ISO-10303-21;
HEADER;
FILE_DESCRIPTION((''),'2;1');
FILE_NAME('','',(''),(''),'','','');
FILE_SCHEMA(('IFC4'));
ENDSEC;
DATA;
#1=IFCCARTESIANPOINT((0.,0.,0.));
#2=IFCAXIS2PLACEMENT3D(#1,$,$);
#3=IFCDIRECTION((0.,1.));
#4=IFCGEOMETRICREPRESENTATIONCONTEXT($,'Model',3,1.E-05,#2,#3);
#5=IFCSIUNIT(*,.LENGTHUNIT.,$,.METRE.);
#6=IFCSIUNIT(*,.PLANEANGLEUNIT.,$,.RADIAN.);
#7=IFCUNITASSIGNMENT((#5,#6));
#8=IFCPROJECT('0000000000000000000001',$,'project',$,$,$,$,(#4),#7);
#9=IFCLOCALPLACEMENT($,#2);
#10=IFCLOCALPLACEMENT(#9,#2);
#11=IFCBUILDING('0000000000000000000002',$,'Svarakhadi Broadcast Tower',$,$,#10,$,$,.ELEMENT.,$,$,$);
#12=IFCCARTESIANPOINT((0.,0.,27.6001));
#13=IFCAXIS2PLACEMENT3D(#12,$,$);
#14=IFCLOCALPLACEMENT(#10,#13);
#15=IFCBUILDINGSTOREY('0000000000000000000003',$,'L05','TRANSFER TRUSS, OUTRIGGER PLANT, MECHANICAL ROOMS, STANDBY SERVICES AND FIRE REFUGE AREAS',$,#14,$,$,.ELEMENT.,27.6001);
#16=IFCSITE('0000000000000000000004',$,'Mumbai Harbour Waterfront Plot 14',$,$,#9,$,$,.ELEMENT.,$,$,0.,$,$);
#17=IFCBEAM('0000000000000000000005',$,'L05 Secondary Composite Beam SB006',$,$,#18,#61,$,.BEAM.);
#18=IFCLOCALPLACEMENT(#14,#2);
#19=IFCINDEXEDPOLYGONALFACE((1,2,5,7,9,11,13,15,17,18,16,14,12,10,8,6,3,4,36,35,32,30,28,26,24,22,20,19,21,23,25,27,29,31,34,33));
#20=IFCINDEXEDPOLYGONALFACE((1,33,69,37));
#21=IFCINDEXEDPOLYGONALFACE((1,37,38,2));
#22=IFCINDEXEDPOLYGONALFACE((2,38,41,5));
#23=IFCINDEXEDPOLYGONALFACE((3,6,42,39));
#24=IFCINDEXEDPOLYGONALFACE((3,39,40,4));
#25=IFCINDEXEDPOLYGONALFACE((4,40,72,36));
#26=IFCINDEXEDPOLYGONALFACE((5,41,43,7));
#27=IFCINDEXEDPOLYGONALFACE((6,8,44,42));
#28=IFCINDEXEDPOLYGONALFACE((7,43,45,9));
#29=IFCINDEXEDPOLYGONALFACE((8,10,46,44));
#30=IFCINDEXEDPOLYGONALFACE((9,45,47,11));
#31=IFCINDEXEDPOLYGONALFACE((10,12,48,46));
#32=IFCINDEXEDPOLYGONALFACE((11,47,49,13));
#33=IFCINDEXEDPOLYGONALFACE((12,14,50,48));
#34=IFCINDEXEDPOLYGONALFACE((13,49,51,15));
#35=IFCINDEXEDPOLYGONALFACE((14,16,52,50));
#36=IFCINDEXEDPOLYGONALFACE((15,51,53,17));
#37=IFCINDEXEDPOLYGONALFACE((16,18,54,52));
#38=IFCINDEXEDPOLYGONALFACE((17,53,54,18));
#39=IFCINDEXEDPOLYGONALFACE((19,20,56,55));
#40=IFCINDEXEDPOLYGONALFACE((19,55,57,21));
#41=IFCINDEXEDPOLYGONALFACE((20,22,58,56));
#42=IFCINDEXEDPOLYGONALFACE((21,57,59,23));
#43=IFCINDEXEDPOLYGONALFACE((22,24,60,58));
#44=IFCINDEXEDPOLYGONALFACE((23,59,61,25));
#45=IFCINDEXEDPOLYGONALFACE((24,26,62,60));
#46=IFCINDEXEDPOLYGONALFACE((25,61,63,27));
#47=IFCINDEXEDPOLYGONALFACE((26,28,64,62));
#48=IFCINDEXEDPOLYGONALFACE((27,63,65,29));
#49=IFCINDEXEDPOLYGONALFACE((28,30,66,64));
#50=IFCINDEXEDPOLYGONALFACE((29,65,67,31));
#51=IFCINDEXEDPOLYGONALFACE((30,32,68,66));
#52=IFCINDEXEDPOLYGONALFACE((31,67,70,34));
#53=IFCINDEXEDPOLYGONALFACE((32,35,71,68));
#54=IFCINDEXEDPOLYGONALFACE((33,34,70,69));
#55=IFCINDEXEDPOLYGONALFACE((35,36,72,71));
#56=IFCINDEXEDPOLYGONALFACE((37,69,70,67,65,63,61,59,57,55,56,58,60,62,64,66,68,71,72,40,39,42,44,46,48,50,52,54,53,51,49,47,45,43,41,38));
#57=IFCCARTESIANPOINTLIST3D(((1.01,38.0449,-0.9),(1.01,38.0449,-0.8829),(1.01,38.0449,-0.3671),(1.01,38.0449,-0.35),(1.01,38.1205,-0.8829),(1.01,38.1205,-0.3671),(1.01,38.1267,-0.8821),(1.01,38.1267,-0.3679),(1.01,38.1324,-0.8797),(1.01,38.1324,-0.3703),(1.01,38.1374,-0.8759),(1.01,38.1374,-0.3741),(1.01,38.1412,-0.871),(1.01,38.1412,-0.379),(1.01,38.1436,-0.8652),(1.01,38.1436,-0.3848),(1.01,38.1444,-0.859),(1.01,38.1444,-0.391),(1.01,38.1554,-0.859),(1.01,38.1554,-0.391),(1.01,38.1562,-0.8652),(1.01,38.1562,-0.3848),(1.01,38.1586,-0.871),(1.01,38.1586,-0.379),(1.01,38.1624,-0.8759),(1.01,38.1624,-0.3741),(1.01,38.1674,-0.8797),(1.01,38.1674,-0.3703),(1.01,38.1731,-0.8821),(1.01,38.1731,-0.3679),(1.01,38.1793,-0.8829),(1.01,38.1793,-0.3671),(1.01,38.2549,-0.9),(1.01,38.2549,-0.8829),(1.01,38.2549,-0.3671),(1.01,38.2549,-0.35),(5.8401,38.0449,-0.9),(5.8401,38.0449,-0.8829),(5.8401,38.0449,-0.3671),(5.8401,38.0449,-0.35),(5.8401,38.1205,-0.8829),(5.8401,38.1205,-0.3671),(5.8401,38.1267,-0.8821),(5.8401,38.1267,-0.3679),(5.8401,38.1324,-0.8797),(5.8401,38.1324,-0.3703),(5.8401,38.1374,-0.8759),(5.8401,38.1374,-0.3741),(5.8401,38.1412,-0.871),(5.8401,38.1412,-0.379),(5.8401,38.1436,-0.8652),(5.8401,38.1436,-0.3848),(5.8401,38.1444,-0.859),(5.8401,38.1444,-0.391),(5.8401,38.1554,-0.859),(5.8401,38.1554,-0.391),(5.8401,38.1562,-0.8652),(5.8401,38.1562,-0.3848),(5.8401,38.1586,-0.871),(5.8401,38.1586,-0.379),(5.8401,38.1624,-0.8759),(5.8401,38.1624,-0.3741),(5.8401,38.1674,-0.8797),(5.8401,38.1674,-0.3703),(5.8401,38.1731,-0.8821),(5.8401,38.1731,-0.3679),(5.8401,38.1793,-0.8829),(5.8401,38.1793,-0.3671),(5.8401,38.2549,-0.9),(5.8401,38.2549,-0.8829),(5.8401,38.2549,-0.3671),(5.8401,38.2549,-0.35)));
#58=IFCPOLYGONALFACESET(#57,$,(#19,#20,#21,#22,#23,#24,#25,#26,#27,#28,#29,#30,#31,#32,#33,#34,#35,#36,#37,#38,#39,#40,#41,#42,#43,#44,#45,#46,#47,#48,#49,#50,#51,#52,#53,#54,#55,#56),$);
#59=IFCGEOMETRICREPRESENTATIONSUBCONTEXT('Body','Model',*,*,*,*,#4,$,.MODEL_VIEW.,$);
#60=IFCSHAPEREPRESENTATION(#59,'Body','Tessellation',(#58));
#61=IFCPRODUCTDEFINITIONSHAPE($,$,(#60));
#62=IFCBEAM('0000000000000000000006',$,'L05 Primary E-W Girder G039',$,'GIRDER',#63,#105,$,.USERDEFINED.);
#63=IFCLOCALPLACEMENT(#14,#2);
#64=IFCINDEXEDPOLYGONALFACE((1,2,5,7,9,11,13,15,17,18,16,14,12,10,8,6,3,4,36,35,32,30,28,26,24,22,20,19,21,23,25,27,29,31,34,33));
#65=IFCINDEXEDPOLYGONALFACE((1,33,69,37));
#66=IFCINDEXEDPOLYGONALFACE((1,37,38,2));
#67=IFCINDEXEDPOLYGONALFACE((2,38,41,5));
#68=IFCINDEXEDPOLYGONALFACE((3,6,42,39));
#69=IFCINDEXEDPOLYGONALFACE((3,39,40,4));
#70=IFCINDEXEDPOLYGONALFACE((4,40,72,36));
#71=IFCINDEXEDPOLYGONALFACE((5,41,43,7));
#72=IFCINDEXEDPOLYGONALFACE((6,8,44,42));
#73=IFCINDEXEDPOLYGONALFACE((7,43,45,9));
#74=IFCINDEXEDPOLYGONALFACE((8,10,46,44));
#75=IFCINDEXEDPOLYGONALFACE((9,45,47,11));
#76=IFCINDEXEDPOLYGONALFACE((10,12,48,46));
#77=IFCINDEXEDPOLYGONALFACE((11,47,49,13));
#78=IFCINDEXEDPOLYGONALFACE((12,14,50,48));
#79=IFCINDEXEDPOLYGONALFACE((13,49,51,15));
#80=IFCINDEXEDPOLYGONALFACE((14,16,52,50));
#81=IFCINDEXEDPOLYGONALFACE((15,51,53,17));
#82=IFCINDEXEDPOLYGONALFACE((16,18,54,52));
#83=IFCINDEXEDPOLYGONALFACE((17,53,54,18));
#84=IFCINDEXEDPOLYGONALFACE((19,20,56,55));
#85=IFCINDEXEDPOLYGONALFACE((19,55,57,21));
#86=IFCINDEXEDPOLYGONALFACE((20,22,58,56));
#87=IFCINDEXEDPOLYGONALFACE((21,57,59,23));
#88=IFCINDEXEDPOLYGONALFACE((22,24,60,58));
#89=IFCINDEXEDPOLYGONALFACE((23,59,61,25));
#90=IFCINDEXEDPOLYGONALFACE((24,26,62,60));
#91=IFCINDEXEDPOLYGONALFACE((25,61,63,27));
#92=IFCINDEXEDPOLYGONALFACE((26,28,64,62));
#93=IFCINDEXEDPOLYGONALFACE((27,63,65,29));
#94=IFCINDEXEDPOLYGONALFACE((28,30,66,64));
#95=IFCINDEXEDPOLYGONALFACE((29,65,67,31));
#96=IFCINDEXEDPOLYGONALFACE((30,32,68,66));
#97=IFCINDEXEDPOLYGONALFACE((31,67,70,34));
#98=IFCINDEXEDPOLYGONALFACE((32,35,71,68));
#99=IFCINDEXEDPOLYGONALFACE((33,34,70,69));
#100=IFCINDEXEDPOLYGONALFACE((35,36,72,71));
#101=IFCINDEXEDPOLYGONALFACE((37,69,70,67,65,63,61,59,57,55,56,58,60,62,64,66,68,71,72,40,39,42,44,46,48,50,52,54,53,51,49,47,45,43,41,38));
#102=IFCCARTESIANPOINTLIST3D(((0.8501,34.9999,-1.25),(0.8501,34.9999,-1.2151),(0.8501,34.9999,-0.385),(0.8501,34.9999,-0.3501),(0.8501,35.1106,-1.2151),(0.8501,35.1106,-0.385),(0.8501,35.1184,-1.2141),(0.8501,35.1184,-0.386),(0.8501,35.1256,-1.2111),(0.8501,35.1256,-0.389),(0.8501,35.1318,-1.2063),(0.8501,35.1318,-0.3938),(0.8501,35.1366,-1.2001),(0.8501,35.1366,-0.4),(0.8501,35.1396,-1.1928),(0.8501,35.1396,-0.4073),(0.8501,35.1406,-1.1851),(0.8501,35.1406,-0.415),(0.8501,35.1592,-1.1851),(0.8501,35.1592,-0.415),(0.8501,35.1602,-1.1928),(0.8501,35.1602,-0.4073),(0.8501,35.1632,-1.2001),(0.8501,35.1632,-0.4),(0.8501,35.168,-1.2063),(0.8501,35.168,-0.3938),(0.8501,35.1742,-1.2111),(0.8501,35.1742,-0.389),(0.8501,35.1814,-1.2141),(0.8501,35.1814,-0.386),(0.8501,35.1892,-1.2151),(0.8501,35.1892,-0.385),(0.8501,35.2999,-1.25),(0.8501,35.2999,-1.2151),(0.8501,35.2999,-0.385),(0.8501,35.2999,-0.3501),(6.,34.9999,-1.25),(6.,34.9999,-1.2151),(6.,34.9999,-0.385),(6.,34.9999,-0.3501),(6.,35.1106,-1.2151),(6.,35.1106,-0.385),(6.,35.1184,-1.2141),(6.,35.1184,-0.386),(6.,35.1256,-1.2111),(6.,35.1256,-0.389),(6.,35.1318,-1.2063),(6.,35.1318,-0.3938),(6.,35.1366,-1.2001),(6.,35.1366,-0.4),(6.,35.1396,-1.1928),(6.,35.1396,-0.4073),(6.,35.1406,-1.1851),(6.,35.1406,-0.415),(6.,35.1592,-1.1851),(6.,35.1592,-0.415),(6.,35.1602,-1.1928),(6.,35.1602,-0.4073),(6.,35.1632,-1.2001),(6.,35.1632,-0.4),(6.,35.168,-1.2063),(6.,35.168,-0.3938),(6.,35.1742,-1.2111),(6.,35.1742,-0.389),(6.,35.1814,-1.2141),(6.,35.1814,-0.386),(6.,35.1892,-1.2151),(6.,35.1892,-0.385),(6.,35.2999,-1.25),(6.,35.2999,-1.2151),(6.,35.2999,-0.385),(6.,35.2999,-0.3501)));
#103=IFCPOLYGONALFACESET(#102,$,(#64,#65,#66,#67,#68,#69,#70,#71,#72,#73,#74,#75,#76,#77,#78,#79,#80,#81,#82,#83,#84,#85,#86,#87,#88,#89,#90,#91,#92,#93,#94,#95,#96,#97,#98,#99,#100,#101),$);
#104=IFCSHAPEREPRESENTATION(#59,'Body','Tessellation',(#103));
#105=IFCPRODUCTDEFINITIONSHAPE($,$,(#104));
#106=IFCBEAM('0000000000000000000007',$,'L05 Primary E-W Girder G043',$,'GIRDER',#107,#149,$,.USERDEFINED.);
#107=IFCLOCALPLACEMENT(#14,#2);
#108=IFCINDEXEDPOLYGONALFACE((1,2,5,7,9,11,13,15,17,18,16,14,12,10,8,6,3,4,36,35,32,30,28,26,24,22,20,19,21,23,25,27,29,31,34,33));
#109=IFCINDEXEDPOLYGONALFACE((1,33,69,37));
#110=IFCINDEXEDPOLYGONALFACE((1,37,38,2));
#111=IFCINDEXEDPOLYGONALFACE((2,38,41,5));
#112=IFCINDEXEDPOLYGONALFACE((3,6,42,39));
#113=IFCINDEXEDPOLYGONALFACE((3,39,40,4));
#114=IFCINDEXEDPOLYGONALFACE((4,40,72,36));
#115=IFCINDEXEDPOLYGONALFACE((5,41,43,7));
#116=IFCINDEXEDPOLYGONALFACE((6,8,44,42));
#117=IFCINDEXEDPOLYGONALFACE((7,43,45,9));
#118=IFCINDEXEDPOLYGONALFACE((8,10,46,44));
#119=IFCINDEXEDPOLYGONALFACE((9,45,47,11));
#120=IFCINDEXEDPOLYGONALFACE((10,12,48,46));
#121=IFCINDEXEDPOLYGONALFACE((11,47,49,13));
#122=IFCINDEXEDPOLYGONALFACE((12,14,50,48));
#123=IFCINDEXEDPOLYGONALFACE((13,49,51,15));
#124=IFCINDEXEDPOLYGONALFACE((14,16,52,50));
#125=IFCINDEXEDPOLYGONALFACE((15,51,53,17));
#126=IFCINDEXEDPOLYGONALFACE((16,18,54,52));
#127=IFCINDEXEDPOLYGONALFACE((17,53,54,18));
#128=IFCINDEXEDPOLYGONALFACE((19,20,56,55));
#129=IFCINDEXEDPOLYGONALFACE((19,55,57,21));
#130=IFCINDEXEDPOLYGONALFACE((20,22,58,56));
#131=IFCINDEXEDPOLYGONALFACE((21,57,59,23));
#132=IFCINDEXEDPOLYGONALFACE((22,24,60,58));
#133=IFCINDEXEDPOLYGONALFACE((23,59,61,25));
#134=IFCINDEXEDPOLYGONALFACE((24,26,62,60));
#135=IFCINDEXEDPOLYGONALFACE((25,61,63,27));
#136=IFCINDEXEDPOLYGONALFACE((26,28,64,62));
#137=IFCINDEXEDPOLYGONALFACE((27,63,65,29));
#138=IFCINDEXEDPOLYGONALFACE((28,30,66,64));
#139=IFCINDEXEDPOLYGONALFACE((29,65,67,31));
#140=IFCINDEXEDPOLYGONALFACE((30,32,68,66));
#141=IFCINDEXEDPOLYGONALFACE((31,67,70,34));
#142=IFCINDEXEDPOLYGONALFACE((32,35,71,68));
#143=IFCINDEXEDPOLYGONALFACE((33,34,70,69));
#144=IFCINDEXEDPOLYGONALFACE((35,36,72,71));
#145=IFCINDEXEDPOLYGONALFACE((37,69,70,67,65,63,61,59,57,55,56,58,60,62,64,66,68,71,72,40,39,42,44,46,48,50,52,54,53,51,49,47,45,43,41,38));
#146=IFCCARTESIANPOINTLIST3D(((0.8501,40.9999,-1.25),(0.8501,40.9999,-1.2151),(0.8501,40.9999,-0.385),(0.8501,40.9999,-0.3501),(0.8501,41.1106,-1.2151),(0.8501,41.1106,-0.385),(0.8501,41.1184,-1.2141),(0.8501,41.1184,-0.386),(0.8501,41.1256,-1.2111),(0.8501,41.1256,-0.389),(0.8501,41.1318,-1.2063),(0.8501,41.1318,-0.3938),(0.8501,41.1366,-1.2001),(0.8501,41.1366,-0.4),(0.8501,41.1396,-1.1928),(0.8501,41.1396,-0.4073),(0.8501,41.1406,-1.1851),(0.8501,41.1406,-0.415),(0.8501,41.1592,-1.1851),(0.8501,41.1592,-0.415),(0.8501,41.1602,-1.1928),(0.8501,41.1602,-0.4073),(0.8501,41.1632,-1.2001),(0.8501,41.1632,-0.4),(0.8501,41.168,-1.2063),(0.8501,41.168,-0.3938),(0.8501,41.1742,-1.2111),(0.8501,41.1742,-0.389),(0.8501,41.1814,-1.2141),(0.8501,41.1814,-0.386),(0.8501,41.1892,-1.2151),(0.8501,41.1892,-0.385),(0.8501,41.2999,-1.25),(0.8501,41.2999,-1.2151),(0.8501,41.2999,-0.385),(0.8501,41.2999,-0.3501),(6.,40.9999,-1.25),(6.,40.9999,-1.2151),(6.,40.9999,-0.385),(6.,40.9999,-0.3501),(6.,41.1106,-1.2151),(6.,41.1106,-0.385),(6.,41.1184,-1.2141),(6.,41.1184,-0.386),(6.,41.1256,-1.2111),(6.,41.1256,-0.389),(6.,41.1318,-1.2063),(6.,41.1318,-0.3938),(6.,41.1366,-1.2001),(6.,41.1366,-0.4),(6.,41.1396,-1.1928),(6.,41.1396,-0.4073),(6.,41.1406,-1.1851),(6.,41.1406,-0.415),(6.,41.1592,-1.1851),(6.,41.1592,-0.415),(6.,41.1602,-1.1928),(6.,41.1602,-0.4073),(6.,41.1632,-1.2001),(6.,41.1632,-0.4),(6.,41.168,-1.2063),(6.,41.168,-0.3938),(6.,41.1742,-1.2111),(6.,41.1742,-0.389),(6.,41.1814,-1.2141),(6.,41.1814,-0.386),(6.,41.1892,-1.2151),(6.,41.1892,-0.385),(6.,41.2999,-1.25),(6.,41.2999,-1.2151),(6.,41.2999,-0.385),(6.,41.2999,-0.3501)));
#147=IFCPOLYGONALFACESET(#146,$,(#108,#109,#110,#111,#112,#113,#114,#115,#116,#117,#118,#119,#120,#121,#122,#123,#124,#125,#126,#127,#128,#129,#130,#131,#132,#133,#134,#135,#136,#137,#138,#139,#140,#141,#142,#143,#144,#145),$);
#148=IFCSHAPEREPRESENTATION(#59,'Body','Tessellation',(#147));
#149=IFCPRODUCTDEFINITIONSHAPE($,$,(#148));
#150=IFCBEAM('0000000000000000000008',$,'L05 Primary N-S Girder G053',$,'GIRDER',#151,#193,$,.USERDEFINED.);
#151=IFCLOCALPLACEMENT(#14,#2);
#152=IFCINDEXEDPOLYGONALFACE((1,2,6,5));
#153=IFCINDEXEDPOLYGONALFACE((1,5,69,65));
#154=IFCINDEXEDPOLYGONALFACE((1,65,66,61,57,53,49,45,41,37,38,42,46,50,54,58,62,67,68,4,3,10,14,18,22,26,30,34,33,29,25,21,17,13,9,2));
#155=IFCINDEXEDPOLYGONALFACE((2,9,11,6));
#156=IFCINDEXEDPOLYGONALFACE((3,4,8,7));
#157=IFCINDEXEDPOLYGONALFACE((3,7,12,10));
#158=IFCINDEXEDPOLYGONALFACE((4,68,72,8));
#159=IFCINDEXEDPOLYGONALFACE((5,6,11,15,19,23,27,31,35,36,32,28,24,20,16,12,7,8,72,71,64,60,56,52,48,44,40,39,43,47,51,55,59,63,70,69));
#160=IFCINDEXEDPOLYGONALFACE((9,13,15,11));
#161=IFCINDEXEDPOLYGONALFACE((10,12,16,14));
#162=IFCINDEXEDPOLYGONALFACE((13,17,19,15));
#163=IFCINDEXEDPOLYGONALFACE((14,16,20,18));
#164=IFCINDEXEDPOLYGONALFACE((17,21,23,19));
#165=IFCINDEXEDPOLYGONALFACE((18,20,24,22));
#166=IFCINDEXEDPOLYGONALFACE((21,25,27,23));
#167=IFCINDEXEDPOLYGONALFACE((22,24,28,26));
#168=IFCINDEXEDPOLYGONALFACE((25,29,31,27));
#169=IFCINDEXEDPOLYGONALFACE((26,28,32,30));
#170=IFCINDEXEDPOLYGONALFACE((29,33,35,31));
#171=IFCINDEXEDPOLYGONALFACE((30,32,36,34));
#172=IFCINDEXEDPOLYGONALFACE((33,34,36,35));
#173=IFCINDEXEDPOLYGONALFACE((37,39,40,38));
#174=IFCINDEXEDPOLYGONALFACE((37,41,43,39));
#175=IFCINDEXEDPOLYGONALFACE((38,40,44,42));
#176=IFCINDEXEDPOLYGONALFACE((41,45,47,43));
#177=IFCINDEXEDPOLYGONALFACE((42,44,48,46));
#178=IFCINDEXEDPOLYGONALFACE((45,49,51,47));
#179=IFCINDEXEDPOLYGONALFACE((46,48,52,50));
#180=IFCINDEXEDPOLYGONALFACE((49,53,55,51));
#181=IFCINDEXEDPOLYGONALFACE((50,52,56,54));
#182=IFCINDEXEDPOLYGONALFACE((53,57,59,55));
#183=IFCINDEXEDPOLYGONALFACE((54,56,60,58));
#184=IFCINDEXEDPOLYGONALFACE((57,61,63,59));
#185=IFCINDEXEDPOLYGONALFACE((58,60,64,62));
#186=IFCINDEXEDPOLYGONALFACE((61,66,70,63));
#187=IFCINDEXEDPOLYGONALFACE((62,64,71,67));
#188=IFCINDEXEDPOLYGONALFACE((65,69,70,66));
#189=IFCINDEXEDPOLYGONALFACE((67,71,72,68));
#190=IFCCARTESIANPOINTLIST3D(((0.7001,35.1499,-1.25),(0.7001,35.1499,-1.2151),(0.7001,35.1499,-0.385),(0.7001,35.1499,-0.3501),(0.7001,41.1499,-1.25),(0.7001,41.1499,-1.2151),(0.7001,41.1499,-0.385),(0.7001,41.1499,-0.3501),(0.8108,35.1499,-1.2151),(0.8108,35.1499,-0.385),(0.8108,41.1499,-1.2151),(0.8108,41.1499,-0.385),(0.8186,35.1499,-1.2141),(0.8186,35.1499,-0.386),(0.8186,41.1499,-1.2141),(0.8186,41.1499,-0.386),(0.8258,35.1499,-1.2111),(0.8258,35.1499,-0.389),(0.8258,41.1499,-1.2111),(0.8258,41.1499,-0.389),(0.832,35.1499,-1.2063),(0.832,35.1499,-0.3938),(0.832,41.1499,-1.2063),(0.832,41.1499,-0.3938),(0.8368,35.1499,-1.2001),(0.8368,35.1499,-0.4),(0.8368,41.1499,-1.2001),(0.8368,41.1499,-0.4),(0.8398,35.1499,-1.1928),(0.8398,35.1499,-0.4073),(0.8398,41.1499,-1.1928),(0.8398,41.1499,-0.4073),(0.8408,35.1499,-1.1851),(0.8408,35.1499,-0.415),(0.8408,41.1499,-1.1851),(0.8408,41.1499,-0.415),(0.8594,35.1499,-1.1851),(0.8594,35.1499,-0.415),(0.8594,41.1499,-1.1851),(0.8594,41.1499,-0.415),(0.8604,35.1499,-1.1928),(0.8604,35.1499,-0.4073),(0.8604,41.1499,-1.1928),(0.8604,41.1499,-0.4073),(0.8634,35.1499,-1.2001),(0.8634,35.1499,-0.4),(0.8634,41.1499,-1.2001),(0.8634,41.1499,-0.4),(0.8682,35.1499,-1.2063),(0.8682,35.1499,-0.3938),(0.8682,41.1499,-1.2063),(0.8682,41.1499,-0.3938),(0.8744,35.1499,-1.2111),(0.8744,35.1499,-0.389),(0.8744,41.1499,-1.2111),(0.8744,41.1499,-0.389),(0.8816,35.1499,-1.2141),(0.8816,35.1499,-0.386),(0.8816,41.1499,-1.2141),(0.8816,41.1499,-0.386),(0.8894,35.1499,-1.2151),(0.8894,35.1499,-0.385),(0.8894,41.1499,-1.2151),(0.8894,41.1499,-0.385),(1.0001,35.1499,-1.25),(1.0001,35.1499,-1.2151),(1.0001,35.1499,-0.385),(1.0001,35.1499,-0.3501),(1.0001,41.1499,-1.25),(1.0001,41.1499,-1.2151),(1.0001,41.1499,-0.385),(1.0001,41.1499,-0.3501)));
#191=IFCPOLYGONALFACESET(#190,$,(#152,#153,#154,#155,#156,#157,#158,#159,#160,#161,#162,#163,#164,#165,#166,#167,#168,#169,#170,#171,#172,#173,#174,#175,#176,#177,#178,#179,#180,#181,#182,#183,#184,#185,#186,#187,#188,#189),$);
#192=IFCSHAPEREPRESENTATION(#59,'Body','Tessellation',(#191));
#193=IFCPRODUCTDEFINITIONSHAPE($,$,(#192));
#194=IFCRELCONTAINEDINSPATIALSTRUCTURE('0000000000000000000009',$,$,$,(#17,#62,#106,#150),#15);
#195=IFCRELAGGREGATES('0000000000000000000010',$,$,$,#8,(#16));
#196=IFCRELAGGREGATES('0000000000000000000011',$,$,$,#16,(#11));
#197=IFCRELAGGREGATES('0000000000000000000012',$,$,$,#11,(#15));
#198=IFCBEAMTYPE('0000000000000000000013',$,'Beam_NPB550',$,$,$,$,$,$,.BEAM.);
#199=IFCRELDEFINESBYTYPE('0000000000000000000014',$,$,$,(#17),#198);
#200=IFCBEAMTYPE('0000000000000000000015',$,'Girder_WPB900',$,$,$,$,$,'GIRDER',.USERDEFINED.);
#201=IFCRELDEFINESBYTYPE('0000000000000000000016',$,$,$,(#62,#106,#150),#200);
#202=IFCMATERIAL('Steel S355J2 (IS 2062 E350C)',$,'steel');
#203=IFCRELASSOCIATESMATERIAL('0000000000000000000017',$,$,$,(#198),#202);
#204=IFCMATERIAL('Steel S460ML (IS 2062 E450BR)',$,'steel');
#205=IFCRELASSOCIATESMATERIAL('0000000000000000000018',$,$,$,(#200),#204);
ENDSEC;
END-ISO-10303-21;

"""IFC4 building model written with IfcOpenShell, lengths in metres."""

from ifc_helpers import new_model, si_unit, direction, frame, origin, origin_2d, place, context, subcontext, project, spatial, i_section, extrude, material, material_profile, profile_set, type_object, element, save


model = new_model("IFC4")

# Units and contexts
model_context = context("Model", 3, precision=1e-05, world=origin(), true_north=direction((0.0, 1.0)))
body_context = subcontext(model_context, "Body", "Model", "MODEL_VIEW")
ifc_project = project(units=[si_unit("LENGTHUNIT", "METRE"), si_unit("PLANEANGLEUNIT", "RADIAN")], contexts=[model_context])

# Site, building, storey
site_placement = place(None, origin())
site = spatial("IfcSite", under=ifc_project, at=site_placement, Name="Mumbai Harbour Waterfront Plot 14", CompositionType="ELEMENT", RefElevation=0.0)
building_placement = place(site_placement, origin())
building = spatial("IfcBuilding", under=site, at=building_placement, Name="Svarakhadi Broadcast Tower", CompositionType="ELEMENT")
storey_placement = place(building_placement, frame((0.0, 0.0, 27.6001)))
storey = spatial("IfcBuildingStorey", under=building, at=storey_placement, Name="L05", Description="TRANSFER TRUSS, OUTRIGGER PLANT, MECHANICAL ROOMS, STANDBY SERVICES AND FIRE REFUGE AREAS", CompositionType="ELEMENT", Elevation=27.6001)

# Shared definitions
ifc_material_1 = material(Name="Steel S460ML (IS 2062 E450BR)", Category="steel")

# Beams
ifc_material_2 = material(Name="Steel S355J2 (IS 2062 E350C)", Category="steel")
ifc_material_profile_1 = material_profile(ifc_material_2, i_section(OverallWidth=0.21, OverallDepth=0.55, WebThickness=0.011, FlangeThickness=0.0171, FilletRadius=0.0239, at=origin_2d()), Name="NPB 550x210x106")
ifc_profile_set_1 = profile_set([ifc_material_profile_1], Name="Steel S355J2 (IS 2062 E350C)")
beam_type_1 = type_object("IfcBeamType", Name="Beam_NPB550", PredefinedType="BEAM", material=ifc_profile_set_1)
beam_1_placement = place(storey_placement, frame((1.01, 38.1499, -0.625), z_axis=(1.0, 0.0, 0.0), x_axis=(0.0, 1.0, 0.0)))
element("IfcBeam", 1, at=beam_1_placement, inside=storey, type_object=beam_type_1, Name="L05 Secondary Composite Beam SB006", PredefinedType="BEAM", context=body_context, shape_type="SweptSolid", body=[
    extrude(i_section(OverallWidth=0.21, OverallDepth=0.55, WebThickness=0.011, FlangeThickness=0.0171, FilletRadius=0.0239, at=origin_2d()), origin(), (0.0, 0.0, 1.0), 4.8301),
])
ifc_material_profile_2 = material_profile(ifc_material_1, i_section(OverallWidth=0.3, OverallDepth=0.8999, WebThickness=0.0186, FlangeThickness=0.0349, FilletRadius=0.03, at=origin_2d()), Name="WPB 900x300x291")
ifc_profile_set_2 = profile_set([ifc_material_profile_2], Name="Steel S460ML (IS 2062 E450BR)")
beam_type_2 = type_object("IfcBeamType", Name="Girder_WPB900", ElementType="GIRDER", PredefinedType="USERDEFINED", material=ifc_profile_set_2)
for number, where, z_axis, x_axis, name in (
    (2, (0.8501, 35.1499, -0.8), (1.0, 0.0, 0.0), (0.0, 1.0, 0.0), "L05 Primary E-W Girder G039"),
    (3, (0.8501, 41.1499, -0.8), (1.0, 0.0, 0.0), (0.0, 1.0, 0.0), "L05 Primary E-W Girder G043"),
):
    element("IfcBeam", number, at=place(storey_placement, frame(where, z_axis=z_axis, x_axis=x_axis)), inside=storey, type_object=beam_type_2, Name=name, ObjectType="GIRDER", PredefinedType="USERDEFINED", context=body_context, shape_type="SweptSolid", body=[
        extrude(i_section(OverallWidth=0.3, OverallDepth=0.8999, WebThickness=0.0186, FlangeThickness=0.0349, FilletRadius=0.03, at=origin_2d()), origin(), (0.0, 0.0, 1.0), 5.1499),
    ])
for number, where, z_axis, x_axis, name in (
    (4, (0.8501, 35.1499, -0.8), (0.0, 1.0, 0.0), (-1.0, 0.0, 0.0), "L05 Primary N-S Girder G053"),
):
    element("IfcBeam", number, at=place(storey_placement, frame(where, z_axis=z_axis, x_axis=x_axis)), inside=storey, type_object=beam_type_2, Name=name, ObjectType="GIRDER", PredefinedType="USERDEFINED", context=body_context, shape_type="SweptSolid", body=[
        extrude(i_section(OverallWidth=0.3, OverallDepth=0.8999, WebThickness=0.0186, FlangeThickness=0.0349, FilletRadius=0.03, at=origin_2d()), origin(), (0.0, 0.0, 1.0), 6.0),
    ])

save(model, "model.ifc")
